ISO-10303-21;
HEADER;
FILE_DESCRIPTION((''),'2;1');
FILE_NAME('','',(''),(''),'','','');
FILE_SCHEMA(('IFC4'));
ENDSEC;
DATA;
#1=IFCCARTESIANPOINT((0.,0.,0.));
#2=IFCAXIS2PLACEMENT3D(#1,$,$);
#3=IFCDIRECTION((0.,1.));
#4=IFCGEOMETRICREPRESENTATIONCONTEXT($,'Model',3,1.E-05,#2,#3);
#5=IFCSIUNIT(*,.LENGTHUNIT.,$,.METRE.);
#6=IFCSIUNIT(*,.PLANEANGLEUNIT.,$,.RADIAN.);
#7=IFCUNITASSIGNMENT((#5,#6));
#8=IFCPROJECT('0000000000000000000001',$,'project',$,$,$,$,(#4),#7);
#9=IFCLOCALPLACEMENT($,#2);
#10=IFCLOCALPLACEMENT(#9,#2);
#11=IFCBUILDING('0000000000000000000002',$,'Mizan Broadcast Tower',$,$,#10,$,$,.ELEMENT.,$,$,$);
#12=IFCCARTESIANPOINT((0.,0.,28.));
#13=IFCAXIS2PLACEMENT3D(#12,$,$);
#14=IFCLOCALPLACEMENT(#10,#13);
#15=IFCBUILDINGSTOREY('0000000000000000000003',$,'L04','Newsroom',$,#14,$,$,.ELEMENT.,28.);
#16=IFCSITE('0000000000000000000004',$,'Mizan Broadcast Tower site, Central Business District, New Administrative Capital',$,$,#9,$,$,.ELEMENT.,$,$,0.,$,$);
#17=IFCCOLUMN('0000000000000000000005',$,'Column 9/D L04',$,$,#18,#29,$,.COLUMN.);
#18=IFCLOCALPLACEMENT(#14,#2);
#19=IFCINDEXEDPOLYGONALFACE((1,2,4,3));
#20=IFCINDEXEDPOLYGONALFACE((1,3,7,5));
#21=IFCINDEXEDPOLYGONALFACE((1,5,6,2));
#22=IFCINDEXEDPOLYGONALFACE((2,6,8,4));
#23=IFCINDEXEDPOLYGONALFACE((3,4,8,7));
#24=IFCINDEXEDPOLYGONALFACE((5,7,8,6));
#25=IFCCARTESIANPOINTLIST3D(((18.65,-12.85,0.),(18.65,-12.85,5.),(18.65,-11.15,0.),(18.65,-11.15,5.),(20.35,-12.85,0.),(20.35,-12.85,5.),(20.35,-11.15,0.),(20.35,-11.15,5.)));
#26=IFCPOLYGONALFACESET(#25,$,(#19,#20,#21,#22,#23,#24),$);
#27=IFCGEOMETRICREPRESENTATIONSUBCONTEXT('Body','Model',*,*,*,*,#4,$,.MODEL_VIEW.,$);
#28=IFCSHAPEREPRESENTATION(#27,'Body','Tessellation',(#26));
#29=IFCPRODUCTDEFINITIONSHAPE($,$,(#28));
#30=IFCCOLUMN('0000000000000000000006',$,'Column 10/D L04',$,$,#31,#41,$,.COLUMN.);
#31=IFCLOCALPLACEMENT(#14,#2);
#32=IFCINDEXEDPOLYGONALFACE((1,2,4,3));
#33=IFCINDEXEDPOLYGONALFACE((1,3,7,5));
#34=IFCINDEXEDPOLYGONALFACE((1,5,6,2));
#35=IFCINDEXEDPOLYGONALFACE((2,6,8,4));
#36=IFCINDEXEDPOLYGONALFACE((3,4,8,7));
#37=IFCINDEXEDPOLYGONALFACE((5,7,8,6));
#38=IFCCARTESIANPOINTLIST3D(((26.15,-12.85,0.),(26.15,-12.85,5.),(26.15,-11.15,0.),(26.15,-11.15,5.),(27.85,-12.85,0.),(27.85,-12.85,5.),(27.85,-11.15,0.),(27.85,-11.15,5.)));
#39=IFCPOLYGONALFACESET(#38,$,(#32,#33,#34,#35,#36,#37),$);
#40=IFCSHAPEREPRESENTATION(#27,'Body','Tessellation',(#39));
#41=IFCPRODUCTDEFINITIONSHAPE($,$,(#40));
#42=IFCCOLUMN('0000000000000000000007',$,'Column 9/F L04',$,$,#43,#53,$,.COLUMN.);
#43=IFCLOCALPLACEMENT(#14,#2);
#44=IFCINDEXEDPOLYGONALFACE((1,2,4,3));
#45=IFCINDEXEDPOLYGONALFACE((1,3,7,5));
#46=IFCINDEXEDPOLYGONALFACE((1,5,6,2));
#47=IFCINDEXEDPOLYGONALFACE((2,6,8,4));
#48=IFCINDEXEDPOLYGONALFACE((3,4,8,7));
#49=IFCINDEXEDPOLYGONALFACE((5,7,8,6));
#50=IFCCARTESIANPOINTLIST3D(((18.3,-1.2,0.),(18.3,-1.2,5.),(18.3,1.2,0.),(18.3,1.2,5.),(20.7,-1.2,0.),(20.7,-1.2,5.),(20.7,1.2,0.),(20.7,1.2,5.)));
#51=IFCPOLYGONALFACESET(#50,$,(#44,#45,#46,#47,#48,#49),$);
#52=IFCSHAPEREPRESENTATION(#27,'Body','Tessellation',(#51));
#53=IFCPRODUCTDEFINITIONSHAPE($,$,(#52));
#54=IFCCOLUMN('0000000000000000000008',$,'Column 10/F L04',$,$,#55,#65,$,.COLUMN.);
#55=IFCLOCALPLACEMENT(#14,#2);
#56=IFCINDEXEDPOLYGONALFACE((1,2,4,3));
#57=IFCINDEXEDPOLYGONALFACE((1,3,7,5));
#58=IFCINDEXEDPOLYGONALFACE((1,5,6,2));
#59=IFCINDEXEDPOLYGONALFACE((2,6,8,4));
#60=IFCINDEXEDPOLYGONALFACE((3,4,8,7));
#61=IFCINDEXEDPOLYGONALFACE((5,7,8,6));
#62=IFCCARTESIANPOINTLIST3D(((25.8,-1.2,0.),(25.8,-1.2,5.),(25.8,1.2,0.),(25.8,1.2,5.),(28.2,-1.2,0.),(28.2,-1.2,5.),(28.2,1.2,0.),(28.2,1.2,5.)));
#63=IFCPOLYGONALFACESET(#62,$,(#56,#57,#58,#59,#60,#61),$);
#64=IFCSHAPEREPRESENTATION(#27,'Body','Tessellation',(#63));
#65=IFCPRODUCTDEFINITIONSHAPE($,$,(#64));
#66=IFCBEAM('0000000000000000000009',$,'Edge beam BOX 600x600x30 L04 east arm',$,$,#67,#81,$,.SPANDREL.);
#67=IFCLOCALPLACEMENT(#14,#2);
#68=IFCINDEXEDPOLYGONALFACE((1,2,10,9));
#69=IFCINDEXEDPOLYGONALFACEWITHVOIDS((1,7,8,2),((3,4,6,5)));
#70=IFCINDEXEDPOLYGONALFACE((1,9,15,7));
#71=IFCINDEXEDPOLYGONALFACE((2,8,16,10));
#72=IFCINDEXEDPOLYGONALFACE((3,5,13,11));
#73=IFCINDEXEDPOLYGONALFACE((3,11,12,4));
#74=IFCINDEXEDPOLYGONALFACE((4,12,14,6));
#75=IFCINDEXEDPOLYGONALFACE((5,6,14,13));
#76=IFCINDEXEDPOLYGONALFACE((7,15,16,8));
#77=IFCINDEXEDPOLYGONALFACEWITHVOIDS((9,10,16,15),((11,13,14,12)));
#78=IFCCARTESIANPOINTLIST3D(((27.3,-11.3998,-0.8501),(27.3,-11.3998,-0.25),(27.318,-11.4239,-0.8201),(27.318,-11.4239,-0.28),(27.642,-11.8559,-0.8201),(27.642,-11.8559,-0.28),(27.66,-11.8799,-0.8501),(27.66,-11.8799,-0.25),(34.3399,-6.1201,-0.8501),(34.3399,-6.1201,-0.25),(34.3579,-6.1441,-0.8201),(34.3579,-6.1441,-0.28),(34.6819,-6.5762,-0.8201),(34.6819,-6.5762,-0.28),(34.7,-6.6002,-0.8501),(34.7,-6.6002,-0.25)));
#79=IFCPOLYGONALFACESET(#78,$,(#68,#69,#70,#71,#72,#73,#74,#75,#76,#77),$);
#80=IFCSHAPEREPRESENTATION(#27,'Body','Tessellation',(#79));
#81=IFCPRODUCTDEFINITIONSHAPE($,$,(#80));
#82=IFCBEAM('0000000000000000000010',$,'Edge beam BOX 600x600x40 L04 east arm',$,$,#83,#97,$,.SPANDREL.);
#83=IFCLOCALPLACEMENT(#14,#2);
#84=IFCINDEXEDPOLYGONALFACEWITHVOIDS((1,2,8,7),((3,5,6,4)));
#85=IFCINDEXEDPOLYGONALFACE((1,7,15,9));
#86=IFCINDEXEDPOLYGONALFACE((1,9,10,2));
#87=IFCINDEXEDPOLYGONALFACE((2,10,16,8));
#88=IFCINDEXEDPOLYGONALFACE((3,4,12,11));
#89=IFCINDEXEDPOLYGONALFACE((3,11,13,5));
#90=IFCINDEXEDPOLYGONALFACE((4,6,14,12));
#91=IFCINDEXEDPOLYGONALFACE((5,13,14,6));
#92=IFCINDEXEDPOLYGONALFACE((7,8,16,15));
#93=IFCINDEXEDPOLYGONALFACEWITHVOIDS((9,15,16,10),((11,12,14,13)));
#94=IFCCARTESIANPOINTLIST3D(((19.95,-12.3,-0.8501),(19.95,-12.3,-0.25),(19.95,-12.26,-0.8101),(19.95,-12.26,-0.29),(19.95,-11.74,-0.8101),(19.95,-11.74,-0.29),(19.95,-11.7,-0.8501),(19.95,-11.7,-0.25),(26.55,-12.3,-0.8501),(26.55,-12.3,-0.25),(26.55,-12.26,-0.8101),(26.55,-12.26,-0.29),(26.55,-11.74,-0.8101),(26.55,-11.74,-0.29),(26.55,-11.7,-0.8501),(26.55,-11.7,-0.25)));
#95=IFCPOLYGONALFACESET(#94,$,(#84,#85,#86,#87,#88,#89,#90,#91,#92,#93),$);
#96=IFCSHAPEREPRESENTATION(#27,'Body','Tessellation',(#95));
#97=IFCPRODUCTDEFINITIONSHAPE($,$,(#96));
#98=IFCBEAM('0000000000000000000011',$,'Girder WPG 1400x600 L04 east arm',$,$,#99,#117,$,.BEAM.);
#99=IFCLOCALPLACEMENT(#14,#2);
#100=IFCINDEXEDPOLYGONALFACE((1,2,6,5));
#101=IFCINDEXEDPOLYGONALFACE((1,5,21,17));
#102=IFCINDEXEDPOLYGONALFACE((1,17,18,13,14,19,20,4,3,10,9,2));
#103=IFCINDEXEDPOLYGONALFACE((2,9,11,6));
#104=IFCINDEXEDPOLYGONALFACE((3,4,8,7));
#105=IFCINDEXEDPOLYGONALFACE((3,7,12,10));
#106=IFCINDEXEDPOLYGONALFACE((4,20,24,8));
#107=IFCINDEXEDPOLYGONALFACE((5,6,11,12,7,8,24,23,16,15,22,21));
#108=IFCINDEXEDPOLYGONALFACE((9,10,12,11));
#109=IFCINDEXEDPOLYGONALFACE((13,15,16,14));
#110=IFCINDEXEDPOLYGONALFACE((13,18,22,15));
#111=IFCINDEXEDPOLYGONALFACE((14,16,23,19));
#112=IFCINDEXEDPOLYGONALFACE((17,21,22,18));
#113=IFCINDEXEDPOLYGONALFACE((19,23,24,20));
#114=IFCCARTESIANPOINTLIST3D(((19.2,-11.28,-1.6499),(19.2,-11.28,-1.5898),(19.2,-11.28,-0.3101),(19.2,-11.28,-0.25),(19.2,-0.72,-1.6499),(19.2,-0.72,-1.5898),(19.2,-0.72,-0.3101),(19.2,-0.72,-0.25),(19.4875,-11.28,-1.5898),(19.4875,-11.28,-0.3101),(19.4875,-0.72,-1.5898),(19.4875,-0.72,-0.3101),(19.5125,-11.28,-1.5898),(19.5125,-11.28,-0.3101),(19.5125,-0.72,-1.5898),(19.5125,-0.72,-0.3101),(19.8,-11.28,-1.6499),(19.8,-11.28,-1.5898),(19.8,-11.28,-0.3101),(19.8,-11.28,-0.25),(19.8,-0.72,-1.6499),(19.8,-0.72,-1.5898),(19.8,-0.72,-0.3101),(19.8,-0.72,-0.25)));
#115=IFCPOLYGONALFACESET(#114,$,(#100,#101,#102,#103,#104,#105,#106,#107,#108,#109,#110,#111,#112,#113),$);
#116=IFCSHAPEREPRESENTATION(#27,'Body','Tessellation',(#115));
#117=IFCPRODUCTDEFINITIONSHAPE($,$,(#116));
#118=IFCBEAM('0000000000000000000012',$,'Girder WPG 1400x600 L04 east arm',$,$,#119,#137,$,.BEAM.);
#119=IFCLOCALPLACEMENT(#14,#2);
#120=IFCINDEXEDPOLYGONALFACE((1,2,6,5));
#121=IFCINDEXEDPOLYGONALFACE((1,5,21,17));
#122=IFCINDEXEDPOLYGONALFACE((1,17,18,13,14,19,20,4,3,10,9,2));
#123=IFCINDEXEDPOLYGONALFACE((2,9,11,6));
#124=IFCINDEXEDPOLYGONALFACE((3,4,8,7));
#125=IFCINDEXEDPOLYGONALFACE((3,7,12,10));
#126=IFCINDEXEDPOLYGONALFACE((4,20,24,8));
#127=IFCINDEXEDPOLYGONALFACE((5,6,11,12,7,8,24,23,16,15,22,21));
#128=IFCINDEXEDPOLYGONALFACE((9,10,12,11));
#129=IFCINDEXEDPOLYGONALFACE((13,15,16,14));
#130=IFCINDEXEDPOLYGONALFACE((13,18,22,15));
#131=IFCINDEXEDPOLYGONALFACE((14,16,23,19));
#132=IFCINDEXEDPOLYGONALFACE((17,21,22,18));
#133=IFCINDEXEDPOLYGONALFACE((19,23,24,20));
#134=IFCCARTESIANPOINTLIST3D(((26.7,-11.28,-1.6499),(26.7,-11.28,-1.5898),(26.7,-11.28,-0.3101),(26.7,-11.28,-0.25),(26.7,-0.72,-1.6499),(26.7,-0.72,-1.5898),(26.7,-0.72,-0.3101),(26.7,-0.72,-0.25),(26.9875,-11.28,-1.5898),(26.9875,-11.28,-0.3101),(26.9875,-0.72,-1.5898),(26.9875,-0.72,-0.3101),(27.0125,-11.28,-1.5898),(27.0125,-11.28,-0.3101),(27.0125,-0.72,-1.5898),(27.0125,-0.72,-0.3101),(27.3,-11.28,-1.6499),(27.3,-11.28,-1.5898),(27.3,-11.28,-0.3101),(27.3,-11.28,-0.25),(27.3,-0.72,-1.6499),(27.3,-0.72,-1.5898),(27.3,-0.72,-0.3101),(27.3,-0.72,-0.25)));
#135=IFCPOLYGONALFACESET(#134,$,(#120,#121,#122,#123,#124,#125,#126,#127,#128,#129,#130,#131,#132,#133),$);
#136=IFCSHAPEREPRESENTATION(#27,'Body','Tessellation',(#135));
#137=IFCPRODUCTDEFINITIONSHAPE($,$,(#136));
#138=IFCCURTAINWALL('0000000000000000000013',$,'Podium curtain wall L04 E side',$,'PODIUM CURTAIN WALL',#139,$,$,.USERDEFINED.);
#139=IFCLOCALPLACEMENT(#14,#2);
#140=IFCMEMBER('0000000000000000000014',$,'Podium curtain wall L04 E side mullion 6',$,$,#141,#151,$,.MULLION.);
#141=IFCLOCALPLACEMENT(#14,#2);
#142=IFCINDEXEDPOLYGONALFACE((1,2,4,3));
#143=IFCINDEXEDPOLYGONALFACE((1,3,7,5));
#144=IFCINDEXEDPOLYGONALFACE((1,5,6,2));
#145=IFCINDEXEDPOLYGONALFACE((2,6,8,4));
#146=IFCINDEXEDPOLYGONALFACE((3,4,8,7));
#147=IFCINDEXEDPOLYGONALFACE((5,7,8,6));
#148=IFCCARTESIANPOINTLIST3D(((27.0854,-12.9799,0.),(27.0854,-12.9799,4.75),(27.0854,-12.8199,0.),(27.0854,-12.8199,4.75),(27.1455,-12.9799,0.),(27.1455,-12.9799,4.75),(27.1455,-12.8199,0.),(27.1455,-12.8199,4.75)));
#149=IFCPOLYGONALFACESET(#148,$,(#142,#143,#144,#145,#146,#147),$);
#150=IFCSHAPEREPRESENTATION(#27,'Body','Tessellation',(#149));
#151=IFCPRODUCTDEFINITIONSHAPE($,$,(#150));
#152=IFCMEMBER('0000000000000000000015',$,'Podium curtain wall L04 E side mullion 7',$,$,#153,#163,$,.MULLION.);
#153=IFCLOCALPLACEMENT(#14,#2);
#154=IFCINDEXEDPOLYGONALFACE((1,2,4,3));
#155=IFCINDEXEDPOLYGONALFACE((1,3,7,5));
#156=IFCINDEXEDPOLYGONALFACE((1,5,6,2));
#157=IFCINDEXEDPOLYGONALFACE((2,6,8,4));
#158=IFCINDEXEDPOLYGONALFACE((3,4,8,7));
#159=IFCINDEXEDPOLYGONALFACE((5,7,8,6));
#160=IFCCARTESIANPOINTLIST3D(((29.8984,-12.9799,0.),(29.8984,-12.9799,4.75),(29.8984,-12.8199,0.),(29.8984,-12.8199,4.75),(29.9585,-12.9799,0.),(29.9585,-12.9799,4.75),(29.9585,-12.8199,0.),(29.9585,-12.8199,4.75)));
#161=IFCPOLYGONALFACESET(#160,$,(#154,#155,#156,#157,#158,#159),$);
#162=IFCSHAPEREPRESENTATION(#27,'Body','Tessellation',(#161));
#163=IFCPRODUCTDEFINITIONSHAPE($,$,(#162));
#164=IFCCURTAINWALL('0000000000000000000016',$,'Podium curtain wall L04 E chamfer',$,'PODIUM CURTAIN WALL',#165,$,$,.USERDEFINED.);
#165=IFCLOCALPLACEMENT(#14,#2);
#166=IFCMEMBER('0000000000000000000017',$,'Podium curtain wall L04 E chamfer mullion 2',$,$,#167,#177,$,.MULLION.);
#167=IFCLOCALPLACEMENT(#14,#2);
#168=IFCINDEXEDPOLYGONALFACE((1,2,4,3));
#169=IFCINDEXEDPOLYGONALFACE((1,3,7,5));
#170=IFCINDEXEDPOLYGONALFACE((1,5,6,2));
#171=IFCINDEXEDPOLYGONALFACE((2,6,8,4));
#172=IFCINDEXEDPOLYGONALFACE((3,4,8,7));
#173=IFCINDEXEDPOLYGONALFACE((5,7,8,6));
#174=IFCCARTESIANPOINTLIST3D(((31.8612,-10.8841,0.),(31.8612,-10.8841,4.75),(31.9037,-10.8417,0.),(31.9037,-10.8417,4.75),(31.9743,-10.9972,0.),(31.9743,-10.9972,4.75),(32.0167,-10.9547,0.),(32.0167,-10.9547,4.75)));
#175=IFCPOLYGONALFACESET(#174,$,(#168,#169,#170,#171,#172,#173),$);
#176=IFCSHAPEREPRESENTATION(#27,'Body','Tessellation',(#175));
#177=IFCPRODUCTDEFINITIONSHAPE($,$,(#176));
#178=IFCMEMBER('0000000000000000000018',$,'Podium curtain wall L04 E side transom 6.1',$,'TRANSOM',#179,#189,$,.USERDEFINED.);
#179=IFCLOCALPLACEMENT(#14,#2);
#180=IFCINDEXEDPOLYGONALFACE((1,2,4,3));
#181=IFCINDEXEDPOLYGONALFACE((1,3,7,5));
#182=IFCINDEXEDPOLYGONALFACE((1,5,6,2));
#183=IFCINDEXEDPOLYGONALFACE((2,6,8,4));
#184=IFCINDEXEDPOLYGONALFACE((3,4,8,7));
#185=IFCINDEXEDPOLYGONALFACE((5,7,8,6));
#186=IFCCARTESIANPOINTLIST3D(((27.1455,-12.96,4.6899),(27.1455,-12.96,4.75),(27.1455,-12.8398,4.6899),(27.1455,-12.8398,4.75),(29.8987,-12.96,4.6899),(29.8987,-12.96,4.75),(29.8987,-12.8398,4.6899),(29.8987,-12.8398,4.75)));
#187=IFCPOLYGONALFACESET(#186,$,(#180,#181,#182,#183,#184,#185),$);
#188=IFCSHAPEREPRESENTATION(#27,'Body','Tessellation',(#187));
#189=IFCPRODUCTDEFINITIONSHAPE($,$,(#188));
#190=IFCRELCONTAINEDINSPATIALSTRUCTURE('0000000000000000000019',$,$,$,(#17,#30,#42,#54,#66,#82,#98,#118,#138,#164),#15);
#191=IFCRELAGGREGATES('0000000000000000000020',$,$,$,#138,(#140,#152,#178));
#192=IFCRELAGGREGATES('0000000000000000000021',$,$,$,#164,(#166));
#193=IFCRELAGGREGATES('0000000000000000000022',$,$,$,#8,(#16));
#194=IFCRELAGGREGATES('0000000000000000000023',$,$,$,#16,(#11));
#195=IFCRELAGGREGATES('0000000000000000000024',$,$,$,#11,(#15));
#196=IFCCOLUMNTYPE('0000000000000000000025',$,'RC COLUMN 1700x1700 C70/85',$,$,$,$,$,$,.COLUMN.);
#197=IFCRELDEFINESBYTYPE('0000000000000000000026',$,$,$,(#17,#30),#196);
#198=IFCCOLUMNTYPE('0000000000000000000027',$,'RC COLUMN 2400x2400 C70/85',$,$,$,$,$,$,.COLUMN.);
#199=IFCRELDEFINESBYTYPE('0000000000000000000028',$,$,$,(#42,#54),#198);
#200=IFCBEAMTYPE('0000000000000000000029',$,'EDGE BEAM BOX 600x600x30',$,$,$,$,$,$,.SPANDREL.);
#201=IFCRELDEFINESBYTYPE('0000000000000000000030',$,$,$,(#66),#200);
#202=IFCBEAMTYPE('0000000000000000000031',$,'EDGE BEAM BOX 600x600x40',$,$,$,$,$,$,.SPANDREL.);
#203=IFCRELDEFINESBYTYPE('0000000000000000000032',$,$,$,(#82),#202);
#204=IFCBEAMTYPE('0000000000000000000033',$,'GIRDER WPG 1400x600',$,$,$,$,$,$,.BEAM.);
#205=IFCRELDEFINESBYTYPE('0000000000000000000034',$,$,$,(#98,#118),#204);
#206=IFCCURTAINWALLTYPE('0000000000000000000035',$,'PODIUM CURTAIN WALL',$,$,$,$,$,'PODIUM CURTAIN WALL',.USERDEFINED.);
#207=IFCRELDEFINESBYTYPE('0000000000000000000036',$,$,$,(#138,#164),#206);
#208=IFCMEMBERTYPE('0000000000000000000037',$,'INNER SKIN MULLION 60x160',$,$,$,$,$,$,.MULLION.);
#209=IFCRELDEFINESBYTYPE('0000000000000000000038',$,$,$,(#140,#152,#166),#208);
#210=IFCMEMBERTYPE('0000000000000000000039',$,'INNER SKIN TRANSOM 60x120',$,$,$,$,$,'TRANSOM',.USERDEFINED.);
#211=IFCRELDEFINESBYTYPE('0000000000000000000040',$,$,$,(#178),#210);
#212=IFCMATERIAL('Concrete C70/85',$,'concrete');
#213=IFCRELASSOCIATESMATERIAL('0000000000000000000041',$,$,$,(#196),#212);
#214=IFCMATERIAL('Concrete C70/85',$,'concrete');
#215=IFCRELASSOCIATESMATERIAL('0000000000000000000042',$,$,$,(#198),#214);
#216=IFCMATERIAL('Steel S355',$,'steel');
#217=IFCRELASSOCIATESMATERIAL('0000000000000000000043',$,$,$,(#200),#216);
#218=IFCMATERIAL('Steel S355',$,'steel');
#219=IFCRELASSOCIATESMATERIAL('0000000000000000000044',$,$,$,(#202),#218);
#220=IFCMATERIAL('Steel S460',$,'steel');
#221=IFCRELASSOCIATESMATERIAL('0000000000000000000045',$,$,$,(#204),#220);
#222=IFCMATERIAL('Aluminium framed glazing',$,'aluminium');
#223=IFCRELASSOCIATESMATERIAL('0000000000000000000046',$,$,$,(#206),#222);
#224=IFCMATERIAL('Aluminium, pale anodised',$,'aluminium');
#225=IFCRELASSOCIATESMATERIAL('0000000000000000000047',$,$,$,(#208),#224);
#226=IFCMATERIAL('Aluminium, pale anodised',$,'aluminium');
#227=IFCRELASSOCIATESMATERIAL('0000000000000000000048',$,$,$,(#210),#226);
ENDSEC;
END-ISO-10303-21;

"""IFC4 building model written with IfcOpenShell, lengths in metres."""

from ifc_helpers import new_model, si_unit, direction, frame, origin, origin_2d, place, context, subcontext, project, spatial, rectangle, hollow_rectangle, i_section, extrude, material, material_profile, profile_set, type_object, element, aggregate, save


model = new_model("IFC4")

# Units and contexts
model_context = context("Model", 3, precision=1e-05, world=origin(), true_north=direction((0.0, 1.0)))
body_context = subcontext(model_context, "Body", "Model", "MODEL_VIEW")
ifc_project = project(units=[si_unit("LENGTHUNIT", "METRE"), si_unit("PLANEANGLEUNIT", "RADIAN")], contexts=[model_context])

# Site, building, storey
site_placement = place(None, origin())
site = spatial("IfcSite", under=ifc_project, at=site_placement, Name="Mizan Broadcast Tower site, Central Business District, New Administrative Capital", CompositionType="ELEMENT", RefElevation=0.0)
building_placement = place(site_placement, origin())
building = spatial("IfcBuilding", under=site, at=building_placement, Name="Mizan Broadcast Tower", CompositionType="ELEMENT")
storey_placement = place(building_placement, frame((0.0, 0.0, 28.0)))
storey = spatial("IfcBuildingStorey", under=building, at=storey_placement, Name="L04", Description="Newsroom", CompositionType="ELEMENT", Elevation=28.0)

# Columns
ifc_material_1 = material(Name="Concrete C70/85", Category="concrete")
ifc_material_profile_1 = material_profile(ifc_material_1, rectangle(XDim=1.7, YDim=1.7, at=origin_2d()), Name="RC 1700x1700")
ifc_profile_set_1 = profile_set([ifc_material_profile_1], Name="Concrete C70/85")
column_type_1 = type_object("IfcColumnType", Name="RC COLUMN 1700x1700 C70/85", PredefinedType="COLUMN", material=ifc_profile_set_1)
for number, where, z_axis, x_axis, name in (
    (1, (19.5, -12.0, 0.0), (0.0, 0.0, 1.0), (1.0, 0.0, 0.0), "Column 9/D L04"),
    (2, (27.0, -12.0, 0.0), (0.0, 0.0, 1.0), (1.0, 0.0, 0.0), "Column 10/D L04"),
):
    element("IfcColumn", number, at=place(storey_placement, frame(where, z_axis=z_axis, x_axis=x_axis)), inside=storey, type_object=column_type_1, Name=name, PredefinedType="COLUMN", context=body_context, shape_type="SweptSolid", body=[
        extrude(rectangle(XDim=1.7, YDim=1.7, at=origin_2d()), origin(), (0.0, 0.0, 1.0), 5.0),
    ])
ifc_material_2 = material(Name="Concrete C70/85", Category="concrete")
ifc_material_profile_2 = material_profile(ifc_material_2, rectangle(XDim=2.3999, YDim=2.3999, at=origin_2d()), Name="RC 2400x2400")
ifc_profile_set_2 = profile_set([ifc_material_profile_2], Name="Concrete C70/85")
column_type_2 = type_object("IfcColumnType", Name="RC COLUMN 2400x2400 C70/85", PredefinedType="COLUMN", material=ifc_profile_set_2)
for number, where, z_axis, x_axis, name in (
    (3, (19.5, 0.0, 0.0), (0.0, 0.0, 1.0), (1.0, 0.0, 0.0), "Column 9/F L04"),
    (4, (27.0, 0.0, 0.0), (0.0, 0.0, 1.0), (1.0, 0.0, 0.0), "Column 10/F L04"),
):
    element("IfcColumn", number, at=place(storey_placement, frame(where, z_axis=z_axis, x_axis=x_axis)), inside=storey, type_object=column_type_2, Name=name, PredefinedType="COLUMN", context=body_context, shape_type="SweptSolid", body=[
        extrude(rectangle(XDim=2.3999, YDim=2.3999, at=origin_2d()), origin(), (0.0, 0.0, 1.0), 5.0),
    ])

# Beams
ifc_material_3 = material(Name="Steel S355", Category="steel")
ifc_material_profile_3 = material_profile(ifc_material_3, hollow_rectangle(XDim=0.6001, YDim=0.6001, WallThickness=0.03, at=origin_2d()), Name="BOX 600x600x30")
ifc_profile_set_3 = profile_set([ifc_material_profile_3], Name="Steel S355")
beam_type_1 = type_object("IfcBeamType", Name="EDGE BEAM BOX 600x600x30", PredefinedType="SPANDREL", material=ifc_profile_set_3)
beam_1_placement = place(storey_placement, frame((27.48, -11.6399, -0.55), z_axis=(0.800013, 0.599982, 0.0), x_axis=(-0.599982, 0.800013, 0.0)))
element("IfcBeam", 5, at=beam_1_placement, inside=storey, type_object=beam_type_1, Name="Edge beam BOX 600x600x30 L04 east arm", PredefinedType="SPANDREL", context=body_context, shape_type="SweptSolid", body=[
    extrude(hollow_rectangle(XDim=0.6001, YDim=0.6001, WallThickness=0.03, at=origin_2d()), origin(), (0.0, 0.0, 1.0), 8.7998),
])
ifc_material_4 = material(Name="Steel S355", Category="steel")
ifc_material_profile_4 = material_profile(ifc_material_4, hollow_rectangle(XDim=0.6001, YDim=0.6001, WallThickness=0.04, at=origin_2d()), Name="BOX 600x600x40")
ifc_profile_set_4 = profile_set([ifc_material_profile_4], Name="Steel S355")
beam_type_2 = type_object("IfcBeamType", Name="EDGE BEAM BOX 600x600x40", PredefinedType="SPANDREL", material=ifc_profile_set_4)
beam_2_placement = place(storey_placement, frame((19.95, -12.0, -0.55), z_axis=(1.0, 0.0, 0.0), x_axis=(0.0, 1.0, 0.0)))
element("IfcBeam", 6, at=beam_2_placement, inside=storey, type_object=beam_type_2, Name="Edge beam BOX 600x600x40 L04 east arm", PredefinedType="SPANDREL", context=body_context, shape_type="SweptSolid", body=[
    extrude(hollow_rectangle(XDim=0.6001, YDim=0.6001, WallThickness=0.04, at=origin_2d()), origin(), (0.0, 0.0, 1.0), 6.6001),
])
ifc_material_5 = material(Name="Steel S460", Category="steel")
ifc_material_profile_5 = material_profile(ifc_material_5, i_section(OverallWidth=0.6001, OverallDepth=1.3999, WebThickness=0.0249, FlangeThickness=0.0601, at=origin_2d()), Name="WPG 1400x600")
ifc_profile_set_5 = profile_set([ifc_material_profile_5], Name="Steel S460")
beam_type_3 = type_object("IfcBeamType", Name="GIRDER WPG 1400x600", PredefinedType="BEAM", material=ifc_profile_set_5)
for number, where, z_axis, x_axis, name in (
    (7, (19.5, -11.28, -0.95), (0.0, 1.0, 0.0), (-1.0, 0.0, 0.0), "Girder WPG 1400x600 L04 east arm"),
    (8, (27.0, -11.28, -0.95), (0.0, 1.0, 0.0), (-1.0, 0.0, 0.0), "Girder WPG 1400x600 L04 east arm"),
):
    element("IfcBeam", number, at=place(storey_placement, frame(where, z_axis=z_axis, x_axis=x_axis)), inside=storey, type_object=beam_type_3, Name=name, PredefinedType="BEAM", context=body_context, shape_type="SweptSolid", body=[
        extrude(i_section(OverallWidth=0.6001, OverallDepth=1.3999, WebThickness=0.0249, FlangeThickness=0.0601, at=origin_2d()), origin(), (0.0, 0.0, 1.0), 10.5601),
    ])

# Curtain wall, members
ifc_material_6 = material(Name="Aluminium framed glazing", Category="aluminium")
curtain_wall_type_1 = type_object("IfcCurtainWallType", Name="PODIUM CURTAIN WALL", ElementType="PODIUM CURTAIN WALL", PredefinedType="USERDEFINED", material=ifc_material_6)
curtain_wall_1_placement = place(storey_placement, origin())
curtain_wall_1 = element("IfcCurtainWall", 9, at=curtain_wall_1_placement, inside=storey, type_object=curtain_wall_type_1, Name="Podium curtain wall L04 E side", ObjectType="PODIUM CURTAIN WALL", PredefinedType="USERDEFINED")
ifc_material_7 = material(Name="Aluminium, pale anodised", Category="aluminium")
ifc_material_profile_6 = material_profile(ifc_material_7, rectangle(XDim=0.1599, YDim=0.0601, at=origin_2d()), Name="MULLION 160x60")
ifc_profile_set_6 = profile_set([ifc_material_profile_6], Name="Aluminium, pale anodised")
member_type_1 = type_object("IfcMemberType", Name="INNER SKIN MULLION 60x160", PredefinedType="MULLION", material=ifc_profile_set_6)
member_1_placement = place(storey_placement, frame((27.1155, -12.8999, 0.0), z_axis=(0.0, 0.0, 1.0), x_axis=(0.0, 1.0, 0.0)))
member_1 = element("IfcMember", 10, at=member_1_placement, type_object=member_type_1, Name="Podium curtain wall L04 E side mullion 6", PredefinedType="MULLION", context=body_context, shape_type="SweptSolid", body=[
    extrude(rectangle(XDim=0.1599, YDim=0.0601, at=origin_2d()), origin(), (0.0, 0.0, 1.0), 4.75),
])
member_2_placement = place(storey_placement, frame((29.9285, -12.8999, 0.0), z_axis=(0.0, 0.0, 1.0), x_axis=(0.0, 1.0, 0.0)))
member_2 = element("IfcMember", 11, at=member_2_placement, type_object=member_type_1, Name="Podium curtain wall L04 E side mullion 7", PredefinedType="MULLION", context=body_context, shape_type="SweptSolid", body=[
    extrude(rectangle(XDim=0.1599, YDim=0.0601, at=origin_2d()), origin(), (0.0, 0.0, 1.0), 4.75),
])

# Curtain wall, member
curtain_wall_2_placement = place(storey_placement, origin())
curtain_wall_2 = element("IfcCurtainWall", 12, at=curtain_wall_2_placement, inside=storey, type_object=curtain_wall_type_1, Name="Podium curtain wall L04 E chamfer", ObjectType="PODIUM CURTAIN WALL", PredefinedType="USERDEFINED")
member_3_placement = place(storey_placement, frame((31.939, -10.9194, 0.0), z_axis=(0.0, 0.0, 1.0), x_axis=(-0.707107, 0.707107, 0.0)))
member_3 = element("IfcMember", 13, at=member_3_placement, type_object=member_type_1, Name="Podium curtain wall L04 E chamfer mullion 2", PredefinedType="MULLION", context=body_context, shape_type="SweptSolid", body=[
    extrude(rectangle(XDim=0.1599, YDim=0.0601, at=origin_2d()), origin(), (0.0, 0.0, 1.0), 4.75),
])

# Member
ifc_material_8 = material(Name="Aluminium, pale anodised", Category="aluminium")
ifc_material_profile_7 = material_profile(ifc_material_8, rectangle(XDim=0.1201, YDim=0.0601, at=origin_2d()), Name="TRANSOM 120x60")
ifc_profile_set_7 = profile_set([ifc_material_profile_7], Name="Aluminium, pale anodised")
member_type_2 = type_object("IfcMemberType", Name="INNER SKIN TRANSOM 60x120", ElementType="TRANSOM", PredefinedType="USERDEFINED", material=ifc_profile_set_7)
member_4_placement = place(storey_placement, frame((27.1455, -12.8999, 4.72), z_axis=(1.0, 0.0, 0.0), x_axis=(0.0, 1.0, 0.0)))
member_4 = element("IfcMember", 14, at=member_4_placement, type_object=member_type_2, Name="Podium curtain wall L04 E side transom 6.1", ObjectType="TRANSOM", PredefinedType="USERDEFINED", context=body_context, shape_type="SweptSolid", body=[
    extrude(rectangle(XDim=0.1201, YDim=0.0601, at=origin_2d()), origin(), (0.0, 0.0, 1.0), 2.7532),
])

aggregate(curtain_wall_1, [member_1, member_2, member_4])
aggregate(curtain_wall_2, [member_3])

save(model, "model.ifc")
